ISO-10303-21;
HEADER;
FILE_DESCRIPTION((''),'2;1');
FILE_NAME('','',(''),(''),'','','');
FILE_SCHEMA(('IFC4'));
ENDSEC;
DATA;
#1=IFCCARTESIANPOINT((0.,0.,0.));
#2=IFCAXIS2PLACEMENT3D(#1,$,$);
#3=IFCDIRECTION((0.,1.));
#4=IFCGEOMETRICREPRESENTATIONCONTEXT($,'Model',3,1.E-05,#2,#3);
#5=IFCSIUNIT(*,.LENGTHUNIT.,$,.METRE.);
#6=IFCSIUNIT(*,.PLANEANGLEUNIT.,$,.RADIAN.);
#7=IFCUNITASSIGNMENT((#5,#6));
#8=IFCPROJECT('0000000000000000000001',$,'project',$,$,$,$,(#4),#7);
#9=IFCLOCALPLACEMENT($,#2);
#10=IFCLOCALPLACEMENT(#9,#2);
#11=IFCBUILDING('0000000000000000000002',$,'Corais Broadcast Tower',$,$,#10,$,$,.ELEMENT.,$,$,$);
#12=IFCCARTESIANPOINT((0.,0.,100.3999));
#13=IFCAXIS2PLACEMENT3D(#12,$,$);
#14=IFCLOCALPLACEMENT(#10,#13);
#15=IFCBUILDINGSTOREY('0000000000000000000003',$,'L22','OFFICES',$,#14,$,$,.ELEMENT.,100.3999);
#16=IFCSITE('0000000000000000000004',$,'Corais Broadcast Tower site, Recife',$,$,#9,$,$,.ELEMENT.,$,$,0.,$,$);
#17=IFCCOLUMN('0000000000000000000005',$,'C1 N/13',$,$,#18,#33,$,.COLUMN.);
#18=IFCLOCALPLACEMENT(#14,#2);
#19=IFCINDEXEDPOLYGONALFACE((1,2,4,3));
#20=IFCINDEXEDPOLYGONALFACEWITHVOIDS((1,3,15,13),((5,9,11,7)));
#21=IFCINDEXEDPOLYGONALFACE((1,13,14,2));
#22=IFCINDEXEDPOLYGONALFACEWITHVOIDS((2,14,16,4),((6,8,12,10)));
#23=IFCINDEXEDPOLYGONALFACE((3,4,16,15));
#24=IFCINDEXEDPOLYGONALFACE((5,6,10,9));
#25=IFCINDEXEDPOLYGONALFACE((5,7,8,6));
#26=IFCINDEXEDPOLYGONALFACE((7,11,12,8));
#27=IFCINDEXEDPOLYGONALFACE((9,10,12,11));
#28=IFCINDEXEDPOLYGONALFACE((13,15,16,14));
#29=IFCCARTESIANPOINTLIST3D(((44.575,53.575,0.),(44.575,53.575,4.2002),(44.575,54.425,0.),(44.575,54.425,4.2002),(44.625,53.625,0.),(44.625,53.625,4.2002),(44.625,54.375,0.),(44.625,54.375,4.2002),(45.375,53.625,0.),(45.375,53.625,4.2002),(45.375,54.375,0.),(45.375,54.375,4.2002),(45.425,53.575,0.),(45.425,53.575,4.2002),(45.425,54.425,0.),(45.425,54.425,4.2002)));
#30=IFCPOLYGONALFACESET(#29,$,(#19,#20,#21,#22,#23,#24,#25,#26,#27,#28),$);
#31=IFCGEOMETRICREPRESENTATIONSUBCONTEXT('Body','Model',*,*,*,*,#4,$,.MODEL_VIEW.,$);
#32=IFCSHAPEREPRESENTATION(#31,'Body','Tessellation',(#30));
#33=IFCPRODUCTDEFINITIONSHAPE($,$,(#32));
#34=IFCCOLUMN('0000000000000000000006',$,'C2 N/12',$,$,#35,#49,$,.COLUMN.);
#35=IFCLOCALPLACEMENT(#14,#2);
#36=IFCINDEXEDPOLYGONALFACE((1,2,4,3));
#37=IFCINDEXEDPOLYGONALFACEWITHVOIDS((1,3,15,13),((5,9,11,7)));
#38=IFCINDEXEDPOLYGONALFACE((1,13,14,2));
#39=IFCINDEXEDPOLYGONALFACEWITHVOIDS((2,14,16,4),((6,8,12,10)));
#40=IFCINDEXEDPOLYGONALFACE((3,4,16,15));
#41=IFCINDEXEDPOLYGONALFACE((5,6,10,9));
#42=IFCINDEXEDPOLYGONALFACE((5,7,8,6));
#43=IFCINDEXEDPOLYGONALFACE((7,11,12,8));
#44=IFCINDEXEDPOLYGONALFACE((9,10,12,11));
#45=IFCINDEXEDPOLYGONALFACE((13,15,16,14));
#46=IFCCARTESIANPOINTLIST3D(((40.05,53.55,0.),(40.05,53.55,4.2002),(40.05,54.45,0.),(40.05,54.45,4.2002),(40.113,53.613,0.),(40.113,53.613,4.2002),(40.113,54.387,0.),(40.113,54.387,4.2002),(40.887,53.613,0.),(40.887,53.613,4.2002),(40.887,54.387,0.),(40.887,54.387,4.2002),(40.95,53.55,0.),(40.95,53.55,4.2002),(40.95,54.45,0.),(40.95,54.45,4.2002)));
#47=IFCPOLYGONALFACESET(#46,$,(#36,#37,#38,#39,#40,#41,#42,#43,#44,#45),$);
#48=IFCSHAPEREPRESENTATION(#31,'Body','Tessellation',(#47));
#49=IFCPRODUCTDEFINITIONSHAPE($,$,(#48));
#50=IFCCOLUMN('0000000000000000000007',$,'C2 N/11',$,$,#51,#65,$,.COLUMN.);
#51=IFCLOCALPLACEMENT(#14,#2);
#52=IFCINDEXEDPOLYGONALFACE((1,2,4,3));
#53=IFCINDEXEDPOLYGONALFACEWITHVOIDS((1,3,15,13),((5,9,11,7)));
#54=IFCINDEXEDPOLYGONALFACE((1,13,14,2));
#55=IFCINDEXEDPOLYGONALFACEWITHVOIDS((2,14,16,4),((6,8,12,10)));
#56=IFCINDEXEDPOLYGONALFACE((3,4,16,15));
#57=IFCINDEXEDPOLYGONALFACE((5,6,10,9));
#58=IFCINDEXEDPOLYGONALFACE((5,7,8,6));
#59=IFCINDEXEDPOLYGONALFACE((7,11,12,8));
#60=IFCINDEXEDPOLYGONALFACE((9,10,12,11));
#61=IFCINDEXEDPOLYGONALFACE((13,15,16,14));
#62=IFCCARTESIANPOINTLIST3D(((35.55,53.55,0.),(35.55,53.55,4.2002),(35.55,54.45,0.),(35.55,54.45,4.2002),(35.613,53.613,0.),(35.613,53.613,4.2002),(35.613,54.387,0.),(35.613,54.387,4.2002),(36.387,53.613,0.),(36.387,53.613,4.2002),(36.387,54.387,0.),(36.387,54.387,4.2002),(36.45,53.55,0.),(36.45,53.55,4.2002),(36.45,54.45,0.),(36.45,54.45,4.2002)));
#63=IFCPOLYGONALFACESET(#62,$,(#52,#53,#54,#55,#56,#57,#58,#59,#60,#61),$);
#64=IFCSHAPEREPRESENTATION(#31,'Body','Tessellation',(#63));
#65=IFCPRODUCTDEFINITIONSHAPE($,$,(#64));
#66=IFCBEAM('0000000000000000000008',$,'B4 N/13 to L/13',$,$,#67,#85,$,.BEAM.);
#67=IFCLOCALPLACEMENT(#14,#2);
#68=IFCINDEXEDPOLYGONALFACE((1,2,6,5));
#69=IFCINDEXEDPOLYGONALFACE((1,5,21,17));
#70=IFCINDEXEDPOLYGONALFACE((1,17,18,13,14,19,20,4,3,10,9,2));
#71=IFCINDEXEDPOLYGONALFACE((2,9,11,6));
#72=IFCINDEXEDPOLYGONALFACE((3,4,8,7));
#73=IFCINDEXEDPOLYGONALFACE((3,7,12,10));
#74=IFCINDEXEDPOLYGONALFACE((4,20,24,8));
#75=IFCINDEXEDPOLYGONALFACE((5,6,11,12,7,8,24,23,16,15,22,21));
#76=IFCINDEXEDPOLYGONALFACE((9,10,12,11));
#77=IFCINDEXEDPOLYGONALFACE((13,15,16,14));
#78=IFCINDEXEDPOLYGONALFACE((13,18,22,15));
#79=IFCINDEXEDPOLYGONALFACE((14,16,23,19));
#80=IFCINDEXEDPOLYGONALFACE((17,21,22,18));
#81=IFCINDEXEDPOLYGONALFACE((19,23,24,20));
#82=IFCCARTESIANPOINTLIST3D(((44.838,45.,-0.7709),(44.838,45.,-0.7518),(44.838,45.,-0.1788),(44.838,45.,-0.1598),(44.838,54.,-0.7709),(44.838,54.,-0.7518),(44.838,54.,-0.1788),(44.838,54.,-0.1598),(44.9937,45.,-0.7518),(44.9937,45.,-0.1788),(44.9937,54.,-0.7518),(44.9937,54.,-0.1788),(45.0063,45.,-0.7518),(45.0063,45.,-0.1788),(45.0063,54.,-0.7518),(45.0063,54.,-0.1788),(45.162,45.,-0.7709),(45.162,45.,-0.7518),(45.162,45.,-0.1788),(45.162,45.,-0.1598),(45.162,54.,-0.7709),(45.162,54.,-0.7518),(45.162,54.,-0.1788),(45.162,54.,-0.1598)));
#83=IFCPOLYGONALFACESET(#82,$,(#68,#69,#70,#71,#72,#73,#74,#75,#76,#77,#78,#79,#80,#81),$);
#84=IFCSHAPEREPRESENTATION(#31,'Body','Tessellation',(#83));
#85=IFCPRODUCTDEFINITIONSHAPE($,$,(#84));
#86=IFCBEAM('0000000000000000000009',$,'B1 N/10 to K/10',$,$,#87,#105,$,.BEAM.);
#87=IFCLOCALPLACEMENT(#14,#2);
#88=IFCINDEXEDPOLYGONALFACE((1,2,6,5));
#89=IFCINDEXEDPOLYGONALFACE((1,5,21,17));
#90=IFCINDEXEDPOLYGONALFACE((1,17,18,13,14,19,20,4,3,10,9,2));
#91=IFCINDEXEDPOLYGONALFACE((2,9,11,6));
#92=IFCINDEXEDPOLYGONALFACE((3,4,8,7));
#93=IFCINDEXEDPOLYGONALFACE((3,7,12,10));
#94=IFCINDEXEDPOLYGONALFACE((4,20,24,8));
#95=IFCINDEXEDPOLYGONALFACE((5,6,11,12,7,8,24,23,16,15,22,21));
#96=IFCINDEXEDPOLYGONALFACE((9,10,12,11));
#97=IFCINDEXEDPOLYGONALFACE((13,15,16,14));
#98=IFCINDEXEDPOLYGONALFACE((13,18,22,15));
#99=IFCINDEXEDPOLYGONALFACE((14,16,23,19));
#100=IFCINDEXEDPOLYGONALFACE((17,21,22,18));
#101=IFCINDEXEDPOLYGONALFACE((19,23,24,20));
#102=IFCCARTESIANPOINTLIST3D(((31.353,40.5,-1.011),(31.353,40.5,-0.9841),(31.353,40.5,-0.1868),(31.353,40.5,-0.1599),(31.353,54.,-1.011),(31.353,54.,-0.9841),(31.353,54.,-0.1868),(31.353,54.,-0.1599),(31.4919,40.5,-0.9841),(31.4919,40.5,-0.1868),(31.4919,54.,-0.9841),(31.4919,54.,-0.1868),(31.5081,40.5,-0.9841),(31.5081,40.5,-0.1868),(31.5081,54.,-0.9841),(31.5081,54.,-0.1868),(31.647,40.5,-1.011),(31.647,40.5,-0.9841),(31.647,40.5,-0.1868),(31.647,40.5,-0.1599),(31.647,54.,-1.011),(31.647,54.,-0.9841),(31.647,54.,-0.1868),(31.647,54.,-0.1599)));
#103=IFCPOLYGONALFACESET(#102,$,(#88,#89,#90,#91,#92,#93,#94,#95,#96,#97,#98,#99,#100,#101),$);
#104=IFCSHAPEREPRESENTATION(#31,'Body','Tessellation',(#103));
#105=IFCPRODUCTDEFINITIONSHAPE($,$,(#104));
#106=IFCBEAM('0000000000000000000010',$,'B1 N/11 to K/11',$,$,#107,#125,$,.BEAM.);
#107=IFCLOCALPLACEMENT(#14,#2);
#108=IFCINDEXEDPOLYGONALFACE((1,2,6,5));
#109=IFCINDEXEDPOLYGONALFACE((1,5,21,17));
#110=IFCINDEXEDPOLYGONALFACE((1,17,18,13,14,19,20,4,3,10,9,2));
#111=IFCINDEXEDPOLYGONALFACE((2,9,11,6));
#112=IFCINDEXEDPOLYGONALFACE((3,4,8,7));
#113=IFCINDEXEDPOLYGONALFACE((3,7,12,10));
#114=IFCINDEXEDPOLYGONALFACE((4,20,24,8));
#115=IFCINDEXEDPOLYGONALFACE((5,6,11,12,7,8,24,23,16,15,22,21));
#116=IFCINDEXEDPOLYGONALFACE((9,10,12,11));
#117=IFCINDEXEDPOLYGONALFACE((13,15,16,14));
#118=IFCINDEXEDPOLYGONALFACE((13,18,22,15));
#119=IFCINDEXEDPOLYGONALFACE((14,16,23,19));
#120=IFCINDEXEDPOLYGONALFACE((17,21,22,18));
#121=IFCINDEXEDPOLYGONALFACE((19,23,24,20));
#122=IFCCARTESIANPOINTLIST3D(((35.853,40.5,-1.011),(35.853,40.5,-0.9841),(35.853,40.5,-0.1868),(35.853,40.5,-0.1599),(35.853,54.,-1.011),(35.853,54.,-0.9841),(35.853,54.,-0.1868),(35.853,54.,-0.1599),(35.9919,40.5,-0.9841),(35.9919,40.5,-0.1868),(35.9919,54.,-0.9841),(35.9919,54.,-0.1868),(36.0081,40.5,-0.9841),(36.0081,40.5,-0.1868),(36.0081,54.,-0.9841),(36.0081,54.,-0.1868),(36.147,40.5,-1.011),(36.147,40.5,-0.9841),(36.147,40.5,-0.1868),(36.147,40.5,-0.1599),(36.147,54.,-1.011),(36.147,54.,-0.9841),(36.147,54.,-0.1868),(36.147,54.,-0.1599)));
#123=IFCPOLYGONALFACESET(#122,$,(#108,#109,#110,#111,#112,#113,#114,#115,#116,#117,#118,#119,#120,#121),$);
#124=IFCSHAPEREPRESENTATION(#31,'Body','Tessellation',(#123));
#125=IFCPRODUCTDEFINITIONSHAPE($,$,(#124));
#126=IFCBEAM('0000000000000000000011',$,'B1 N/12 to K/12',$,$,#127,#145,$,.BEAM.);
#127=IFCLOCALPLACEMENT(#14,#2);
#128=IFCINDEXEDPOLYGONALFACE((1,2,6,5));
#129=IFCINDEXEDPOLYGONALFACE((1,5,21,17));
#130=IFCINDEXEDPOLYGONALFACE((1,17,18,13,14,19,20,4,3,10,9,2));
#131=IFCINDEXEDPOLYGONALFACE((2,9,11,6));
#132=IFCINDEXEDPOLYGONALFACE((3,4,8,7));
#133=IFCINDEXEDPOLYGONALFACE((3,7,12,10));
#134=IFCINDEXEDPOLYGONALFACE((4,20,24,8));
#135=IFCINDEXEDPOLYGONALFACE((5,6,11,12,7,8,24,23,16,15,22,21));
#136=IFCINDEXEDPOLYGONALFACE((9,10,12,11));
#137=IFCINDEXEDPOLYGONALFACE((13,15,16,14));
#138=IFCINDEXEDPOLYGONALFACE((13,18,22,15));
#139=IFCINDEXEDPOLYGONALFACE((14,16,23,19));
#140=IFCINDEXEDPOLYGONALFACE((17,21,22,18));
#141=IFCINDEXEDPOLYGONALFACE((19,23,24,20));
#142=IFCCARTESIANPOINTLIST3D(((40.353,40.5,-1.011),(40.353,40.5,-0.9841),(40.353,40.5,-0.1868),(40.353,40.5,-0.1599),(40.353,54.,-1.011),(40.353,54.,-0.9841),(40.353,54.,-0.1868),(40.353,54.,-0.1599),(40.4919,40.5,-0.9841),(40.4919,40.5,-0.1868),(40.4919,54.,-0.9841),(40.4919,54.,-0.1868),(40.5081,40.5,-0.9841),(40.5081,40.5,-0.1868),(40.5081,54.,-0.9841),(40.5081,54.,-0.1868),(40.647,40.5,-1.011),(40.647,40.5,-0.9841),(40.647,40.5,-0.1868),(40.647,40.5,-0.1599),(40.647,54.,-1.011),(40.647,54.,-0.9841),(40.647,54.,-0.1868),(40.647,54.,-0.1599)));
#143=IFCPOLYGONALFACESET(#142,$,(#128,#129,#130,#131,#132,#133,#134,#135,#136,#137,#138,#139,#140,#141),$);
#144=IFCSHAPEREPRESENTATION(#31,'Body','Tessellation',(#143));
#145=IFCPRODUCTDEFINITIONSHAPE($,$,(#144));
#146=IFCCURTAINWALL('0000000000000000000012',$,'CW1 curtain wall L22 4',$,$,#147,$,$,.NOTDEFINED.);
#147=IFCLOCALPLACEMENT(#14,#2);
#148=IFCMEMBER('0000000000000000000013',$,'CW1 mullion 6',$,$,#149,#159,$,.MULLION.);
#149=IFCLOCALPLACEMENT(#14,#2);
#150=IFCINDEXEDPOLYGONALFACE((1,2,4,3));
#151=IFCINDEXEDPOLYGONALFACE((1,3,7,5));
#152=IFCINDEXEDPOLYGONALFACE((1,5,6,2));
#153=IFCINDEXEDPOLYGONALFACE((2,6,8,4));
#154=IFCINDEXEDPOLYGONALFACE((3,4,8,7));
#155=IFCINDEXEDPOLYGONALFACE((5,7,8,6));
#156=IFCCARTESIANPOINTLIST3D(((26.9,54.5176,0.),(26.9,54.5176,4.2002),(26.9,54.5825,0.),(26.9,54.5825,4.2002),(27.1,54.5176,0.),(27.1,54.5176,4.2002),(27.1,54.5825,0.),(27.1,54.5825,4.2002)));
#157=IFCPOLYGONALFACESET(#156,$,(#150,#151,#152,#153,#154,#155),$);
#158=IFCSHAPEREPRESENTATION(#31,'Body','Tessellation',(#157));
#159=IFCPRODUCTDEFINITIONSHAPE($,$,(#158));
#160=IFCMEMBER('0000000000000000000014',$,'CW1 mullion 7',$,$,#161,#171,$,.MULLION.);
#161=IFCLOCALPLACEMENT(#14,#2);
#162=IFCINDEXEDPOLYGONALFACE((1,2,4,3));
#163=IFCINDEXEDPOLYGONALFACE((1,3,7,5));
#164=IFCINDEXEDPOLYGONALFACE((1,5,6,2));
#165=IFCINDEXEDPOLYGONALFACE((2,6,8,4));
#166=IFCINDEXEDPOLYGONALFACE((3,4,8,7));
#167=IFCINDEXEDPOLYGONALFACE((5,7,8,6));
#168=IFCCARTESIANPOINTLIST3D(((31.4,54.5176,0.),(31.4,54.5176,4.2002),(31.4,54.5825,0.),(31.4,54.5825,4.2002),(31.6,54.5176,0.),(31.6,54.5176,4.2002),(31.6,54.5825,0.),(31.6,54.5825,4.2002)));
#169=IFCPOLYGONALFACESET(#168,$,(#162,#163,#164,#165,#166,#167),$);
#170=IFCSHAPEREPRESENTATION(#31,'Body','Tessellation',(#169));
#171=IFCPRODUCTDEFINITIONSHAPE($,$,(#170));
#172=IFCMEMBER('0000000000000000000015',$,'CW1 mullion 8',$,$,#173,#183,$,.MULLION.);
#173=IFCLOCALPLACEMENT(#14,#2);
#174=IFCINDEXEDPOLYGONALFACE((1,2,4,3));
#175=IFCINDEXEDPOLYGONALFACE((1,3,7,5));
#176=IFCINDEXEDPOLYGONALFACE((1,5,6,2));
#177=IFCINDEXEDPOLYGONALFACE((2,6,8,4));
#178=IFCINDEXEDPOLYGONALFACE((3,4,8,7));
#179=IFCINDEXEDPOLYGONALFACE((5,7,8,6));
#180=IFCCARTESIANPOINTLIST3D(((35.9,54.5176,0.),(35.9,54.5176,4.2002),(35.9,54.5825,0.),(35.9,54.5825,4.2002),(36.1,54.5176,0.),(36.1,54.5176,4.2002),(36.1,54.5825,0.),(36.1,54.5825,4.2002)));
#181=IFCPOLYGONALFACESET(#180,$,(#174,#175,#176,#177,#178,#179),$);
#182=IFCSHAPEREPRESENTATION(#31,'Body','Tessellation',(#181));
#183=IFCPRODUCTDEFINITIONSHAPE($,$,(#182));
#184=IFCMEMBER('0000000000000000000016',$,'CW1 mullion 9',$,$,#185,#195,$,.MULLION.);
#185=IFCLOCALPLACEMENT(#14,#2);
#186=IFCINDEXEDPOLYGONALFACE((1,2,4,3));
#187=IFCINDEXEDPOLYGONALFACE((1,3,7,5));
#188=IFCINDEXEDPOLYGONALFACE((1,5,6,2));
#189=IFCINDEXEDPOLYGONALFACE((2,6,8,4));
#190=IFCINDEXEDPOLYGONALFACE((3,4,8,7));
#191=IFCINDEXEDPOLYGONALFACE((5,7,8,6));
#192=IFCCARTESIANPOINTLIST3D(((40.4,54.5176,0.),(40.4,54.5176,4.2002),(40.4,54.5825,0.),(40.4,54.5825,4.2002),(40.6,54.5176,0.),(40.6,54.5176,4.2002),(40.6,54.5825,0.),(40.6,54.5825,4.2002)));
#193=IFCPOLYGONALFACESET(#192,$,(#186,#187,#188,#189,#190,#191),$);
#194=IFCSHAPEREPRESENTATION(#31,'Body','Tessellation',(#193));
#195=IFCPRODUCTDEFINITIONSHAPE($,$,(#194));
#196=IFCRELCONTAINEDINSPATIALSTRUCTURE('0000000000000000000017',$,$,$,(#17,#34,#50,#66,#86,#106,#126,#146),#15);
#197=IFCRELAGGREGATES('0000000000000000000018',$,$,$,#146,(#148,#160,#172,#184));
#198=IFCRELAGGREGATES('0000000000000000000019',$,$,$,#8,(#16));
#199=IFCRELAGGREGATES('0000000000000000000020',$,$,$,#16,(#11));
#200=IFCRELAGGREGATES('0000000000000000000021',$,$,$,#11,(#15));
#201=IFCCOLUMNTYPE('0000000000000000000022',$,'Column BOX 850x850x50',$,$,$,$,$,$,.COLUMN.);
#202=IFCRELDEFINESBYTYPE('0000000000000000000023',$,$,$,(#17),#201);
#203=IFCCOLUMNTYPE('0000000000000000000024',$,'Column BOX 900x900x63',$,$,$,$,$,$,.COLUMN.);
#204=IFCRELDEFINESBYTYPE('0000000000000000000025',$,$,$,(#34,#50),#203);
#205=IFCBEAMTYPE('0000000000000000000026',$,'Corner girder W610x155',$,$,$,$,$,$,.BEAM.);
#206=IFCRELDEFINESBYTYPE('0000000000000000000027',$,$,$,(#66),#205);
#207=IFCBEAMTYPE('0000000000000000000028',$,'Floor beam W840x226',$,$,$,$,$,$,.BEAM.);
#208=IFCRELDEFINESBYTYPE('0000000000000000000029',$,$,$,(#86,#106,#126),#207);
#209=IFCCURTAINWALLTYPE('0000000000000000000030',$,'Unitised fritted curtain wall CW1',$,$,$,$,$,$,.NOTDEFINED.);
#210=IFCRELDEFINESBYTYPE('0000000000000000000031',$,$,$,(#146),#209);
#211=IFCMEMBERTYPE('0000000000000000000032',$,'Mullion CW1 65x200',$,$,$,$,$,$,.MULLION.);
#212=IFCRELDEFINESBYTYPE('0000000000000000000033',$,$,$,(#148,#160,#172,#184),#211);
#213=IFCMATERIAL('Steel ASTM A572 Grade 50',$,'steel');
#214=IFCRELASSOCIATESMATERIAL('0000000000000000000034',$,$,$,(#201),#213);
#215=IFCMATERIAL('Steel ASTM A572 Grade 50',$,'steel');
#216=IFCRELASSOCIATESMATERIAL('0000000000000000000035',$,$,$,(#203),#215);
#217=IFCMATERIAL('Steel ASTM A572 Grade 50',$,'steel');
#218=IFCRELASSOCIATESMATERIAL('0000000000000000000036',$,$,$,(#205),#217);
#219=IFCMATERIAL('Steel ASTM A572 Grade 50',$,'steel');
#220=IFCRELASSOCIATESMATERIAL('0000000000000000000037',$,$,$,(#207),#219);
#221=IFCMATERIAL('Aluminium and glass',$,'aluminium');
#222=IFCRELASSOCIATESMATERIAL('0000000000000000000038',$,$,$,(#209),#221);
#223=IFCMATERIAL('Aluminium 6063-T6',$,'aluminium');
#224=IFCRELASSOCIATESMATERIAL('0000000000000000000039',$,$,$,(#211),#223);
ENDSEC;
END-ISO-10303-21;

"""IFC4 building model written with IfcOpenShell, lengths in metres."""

from ifc_helpers import new_model, si_unit, direction, frame, origin, origin_2d, place, context, subcontext, project, spatial, rectangle, hollow_rectangle, i_section, extrude, material, material_profile, profile_set, type_object, element, aggregate, save


model = new_model("IFC4")

# Units and contexts
model_context = context("Model", 3, precision=1e-05, world=origin(), true_north=direction((0.0, 1.0)))
body_context = subcontext(model_context, "Body", "Model", "MODEL_VIEW")
ifc_project = project(units=[si_unit("LENGTHUNIT", "METRE"), si_unit("PLANEANGLEUNIT", "RADIAN")], contexts=[model_context])

# Site, building, storey
site_placement = place(None, origin())
site = spatial("IfcSite", under=ifc_project, at=site_placement, Name="Corais Broadcast Tower site, Recife", CompositionType="ELEMENT", RefElevation=0.0)
building_placement = place(site_placement, origin())
building = spatial("IfcBuilding", under=site, at=building_placement, Name="Corais Broadcast Tower", CompositionType="ELEMENT")
storey_placement = place(building_placement, frame((0.0, 0.0, 100.3999)))
storey = spatial("IfcBuildingStorey", under=building, at=storey_placement, Name="L22", Description="OFFICES", CompositionType="ELEMENT", Elevation=100.3999)

# Columns
ifc_material_1 = material(Name="Steel ASTM A572 Grade 50", Category="steel")
ifc_material_profile_1 = material_profile(ifc_material_1, hollow_rectangle(XDim=0.8501, YDim=0.8501, WallThickness=0.05, at=origin_2d()), Name="BOX 850x850x50")
ifc_profile_set_1 = profile_set([ifc_material_profile_1], Name="Steel ASTM A572 Grade 50")
column_type_1 = type_object("IfcColumnType", Name="Column BOX 850x850x50", PredefinedType="COLUMN", material=ifc_profile_set_1)
column_placement = place(storey_placement, frame((45.0, 54.0, 0.0), z_axis=(0.0, 0.0, 1.0), x_axis=(1.0, 0.0, 0.0)))
element("IfcColumn", 1, at=column_placement, inside=storey, type_object=column_type_1, Name="C1 N/13", PredefinedType="COLUMN", context=body_context, shape_type="SweptSolid", body=[
    extrude(hollow_rectangle(XDim=0.8501, YDim=0.8501, WallThickness=0.05, at=origin_2d()), origin(), (0.0, 0.0, 1.0), 4.2002),
])
ifc_material_2 = material(Name="Steel ASTM A572 Grade 50", Category="steel")
ifc_material_profile_2 = material_profile(ifc_material_2, hollow_rectangle(XDim=0.8999, YDim=0.8999, WallThickness=0.063, at=origin_2d()), Name="BOX 900x900x63")
ifc_profile_set_2 = profile_set([ifc_material_profile_2], Name="Steel ASTM A572 Grade 50")
column_type_2 = type_object("IfcColumnType", Name="Column BOX 900x900x63", PredefinedType="COLUMN", material=ifc_profile_set_2)
for number, where, z_axis, x_axis, name in (
    (2, (40.5, 54.0, 0.0), (0.0, 0.0, 1.0), (1.0, 0.0, 0.0), "C2 N/12"),
    (3, (36.0, 54.0, 0.0), (0.0, 0.0, 1.0), (1.0, 0.0, 0.0), "C2 N/11"),
):
    element("IfcColumn", number, at=place(storey_placement, frame(where, z_axis=z_axis, x_axis=x_axis)), inside=storey, type_object=column_type_2, Name=name, PredefinedType="COLUMN", context=body_context, shape_type="SweptSolid", body=[
        extrude(hollow_rectangle(XDim=0.8999, YDim=0.8999, WallThickness=0.063, at=origin_2d()), origin(), (0.0, 0.0, 1.0), 4.2002),
    ])

# Beams
ifc_material_3 = material(Name="Steel ASTM A572 Grade 50", Category="steel")
ifc_material_profile_3 = material_profile(ifc_material_3, i_section(OverallWidth=0.324, OverallDepth=0.6111, WebThickness=0.0127, FlangeThickness=0.019, at=origin_2d()), Name="W610x155")
ifc_profile_set_3 = profile_set([ifc_material_profile_3], Name="Steel ASTM A572 Grade 50")
beam_type_1 = type_object("IfcBeamType", Name="Corner girder W610x155", PredefinedType="BEAM", material=ifc_profile_set_3)
beam_1_placement = place(storey_placement, frame((45.0, 54.0, -0.4653), z_axis=(0.0, -1.0, 0.0), x_axis=(1.0, 0.0, 0.0)))
element("IfcBeam", 4, at=beam_1_placement, inside=storey, type_object=beam_type_1, Name="B4 N/13 to L/13", PredefinedType="BEAM", context=body_context, shape_type="SweptSolid", body=[
    extrude(i_section(OverallWidth=0.324, OverallDepth=0.6111, WebThickness=0.0127, FlangeThickness=0.019, at=origin_2d()), origin(), (0.0, 0.0, 1.0), 9.0),
])
ifc_material_4 = material(Name="Steel ASTM A572 Grade 50", Category="steel")
ifc_material_profile_4 = material_profile(ifc_material_4, i_section(OverallWidth=0.2939, OverallDepth=0.8511, WebThickness=0.0161, FlangeThickness=0.0269, at=origin_2d()), Name="W840x226")
ifc_profile_set_4 = profile_set([ifc_material_profile_4], Name="Steel ASTM A572 Grade 50")
beam_type_2 = type_object("IfcBeamType", Name="Floor beam W840x226", PredefinedType="BEAM", material=ifc_profile_set_4)
for number, where, z_axis, x_axis, name in (
    (5, (31.5, 54.0, -0.5854), (0.0, -1.0, 0.0), (1.0, 0.0, 0.0), "B1 N/10 to K/10"),
    (6, (36.0, 54.0, -0.5854), (0.0, -1.0, 0.0), (1.0, 0.0, 0.0), "B1 N/11 to K/11"),
    (7, (40.5, 54.0, -0.5854), (0.0, -1.0, 0.0), (1.0, 0.0, 0.0), "B1 N/12 to K/12"),
):
    element("IfcBeam", number, at=place(storey_placement, frame(where, z_axis=z_axis, x_axis=x_axis)), inside=storey, type_object=beam_type_2, Name=name, PredefinedType="BEAM", context=body_context, shape_type="SweptSolid", body=[
        extrude(i_section(OverallWidth=0.2939, OverallDepth=0.8511, WebThickness=0.0161, FlangeThickness=0.0269, at=origin_2d()), origin(), (0.0, 0.0, 1.0), 13.5),
    ])

# Curtain wall, members
ifc_material_5 = material(Name="Aluminium and glass", Category="aluminium")
curtain_wall_type = type_object("IfcCurtainWallType", Name="Unitised fritted curtain wall CW1", PredefinedType="NOTDEFINED", material=ifc_material_5)
curtain_wall_placement = place(storey_placement, origin())
curtain_wall = element("IfcCurtainWall", 8, at=curtain_wall_placement, inside=storey, type_object=curtain_wall_type, Name="CW1 curtain wall L22 4", PredefinedType="NOTDEFINED")
ifc_material_6 = material(Name="Aluminium 6063-T6", Category="aluminium")
ifc_material_profile_5 = material_profile(ifc_material_6, rectangle(XDim=0.0649, YDim=0.2, at=origin_2d()), Name="Mullion CW1 65x200")
ifc_profile_set_5 = profile_set([ifc_material_profile_5], Name="Aluminium 6063-T6")
member_type_1 = type_object("IfcMemberType", Name="Mullion CW1 65x200", PredefinedType="MULLION", material=ifc_profile_set_5)
member_1_placement = place(storey_placement, frame((27.0, 54.55, 0.0), z_axis=(0.0, 0.0, 1.0), x_axis=(0.0, 1.0, 0.0)))
member_1 = element("IfcMember", 9, at=member_1_placement, type_object=member_type_1, Name="CW1 mullion 6", PredefinedType="MULLION", context=body_context, shape_type="SweptSolid", body=[
    extrude(rectangle(XDim=0.0649, YDim=0.2, at=origin_2d()), origin(), (0.0, 0.0, 1.0), 4.2002),
])
member_2_placement = place(storey_placement, frame((31.5, 54.55, 0.0), z_axis=(0.0, 0.0, 1.0), x_axis=(0.0, 1.0, 0.0)))
member_2 = element("IfcMember", 10, at=member_2_placement, type_object=member_type_1, Name="CW1 mullion 7", PredefinedType="MULLION", context=body_context, shape_type="SweptSolid", body=[
    extrude(rectangle(XDim=0.0649, YDim=0.2, at=origin_2d()), origin(), (0.0, 0.0, 1.0), 4.2002),
])
member_3_placement = place(storey_placement, frame((36.0, 54.55, 0.0), z_axis=(0.0, 0.0, 1.0), x_axis=(0.0, 1.0, 0.0)))
member_3 = element("IfcMember", 11, at=member_3_placement, type_object=member_type_1, Name="CW1 mullion 8", PredefinedType="MULLION", context=body_context, shape_type="SweptSolid", body=[
    extrude(rectangle(XDim=0.0649, YDim=0.2, at=origin_2d()), origin(), (0.0, 0.0, 1.0), 4.2002),
])
member_4_placement = place(storey_placement, frame((40.5, 54.55, 0.0), z_axis=(0.0, 0.0, 1.0), x_axis=(0.0, 1.0, 0.0)))
member_4 = element("IfcMember", 12, at=member_4_placement, type_object=member_type_1, Name="CW1 mullion 9", PredefinedType="MULLION", context=body_context, shape_type="SweptSolid", body=[
    extrude(rectangle(XDim=0.0649, YDim=0.2, at=origin_2d()), origin(), (0.0, 0.0, 1.0), 4.2002),
])

aggregate(curtain_wall, [member_1, member_2, member_3, member_4])

save(model, "model.ifc")
